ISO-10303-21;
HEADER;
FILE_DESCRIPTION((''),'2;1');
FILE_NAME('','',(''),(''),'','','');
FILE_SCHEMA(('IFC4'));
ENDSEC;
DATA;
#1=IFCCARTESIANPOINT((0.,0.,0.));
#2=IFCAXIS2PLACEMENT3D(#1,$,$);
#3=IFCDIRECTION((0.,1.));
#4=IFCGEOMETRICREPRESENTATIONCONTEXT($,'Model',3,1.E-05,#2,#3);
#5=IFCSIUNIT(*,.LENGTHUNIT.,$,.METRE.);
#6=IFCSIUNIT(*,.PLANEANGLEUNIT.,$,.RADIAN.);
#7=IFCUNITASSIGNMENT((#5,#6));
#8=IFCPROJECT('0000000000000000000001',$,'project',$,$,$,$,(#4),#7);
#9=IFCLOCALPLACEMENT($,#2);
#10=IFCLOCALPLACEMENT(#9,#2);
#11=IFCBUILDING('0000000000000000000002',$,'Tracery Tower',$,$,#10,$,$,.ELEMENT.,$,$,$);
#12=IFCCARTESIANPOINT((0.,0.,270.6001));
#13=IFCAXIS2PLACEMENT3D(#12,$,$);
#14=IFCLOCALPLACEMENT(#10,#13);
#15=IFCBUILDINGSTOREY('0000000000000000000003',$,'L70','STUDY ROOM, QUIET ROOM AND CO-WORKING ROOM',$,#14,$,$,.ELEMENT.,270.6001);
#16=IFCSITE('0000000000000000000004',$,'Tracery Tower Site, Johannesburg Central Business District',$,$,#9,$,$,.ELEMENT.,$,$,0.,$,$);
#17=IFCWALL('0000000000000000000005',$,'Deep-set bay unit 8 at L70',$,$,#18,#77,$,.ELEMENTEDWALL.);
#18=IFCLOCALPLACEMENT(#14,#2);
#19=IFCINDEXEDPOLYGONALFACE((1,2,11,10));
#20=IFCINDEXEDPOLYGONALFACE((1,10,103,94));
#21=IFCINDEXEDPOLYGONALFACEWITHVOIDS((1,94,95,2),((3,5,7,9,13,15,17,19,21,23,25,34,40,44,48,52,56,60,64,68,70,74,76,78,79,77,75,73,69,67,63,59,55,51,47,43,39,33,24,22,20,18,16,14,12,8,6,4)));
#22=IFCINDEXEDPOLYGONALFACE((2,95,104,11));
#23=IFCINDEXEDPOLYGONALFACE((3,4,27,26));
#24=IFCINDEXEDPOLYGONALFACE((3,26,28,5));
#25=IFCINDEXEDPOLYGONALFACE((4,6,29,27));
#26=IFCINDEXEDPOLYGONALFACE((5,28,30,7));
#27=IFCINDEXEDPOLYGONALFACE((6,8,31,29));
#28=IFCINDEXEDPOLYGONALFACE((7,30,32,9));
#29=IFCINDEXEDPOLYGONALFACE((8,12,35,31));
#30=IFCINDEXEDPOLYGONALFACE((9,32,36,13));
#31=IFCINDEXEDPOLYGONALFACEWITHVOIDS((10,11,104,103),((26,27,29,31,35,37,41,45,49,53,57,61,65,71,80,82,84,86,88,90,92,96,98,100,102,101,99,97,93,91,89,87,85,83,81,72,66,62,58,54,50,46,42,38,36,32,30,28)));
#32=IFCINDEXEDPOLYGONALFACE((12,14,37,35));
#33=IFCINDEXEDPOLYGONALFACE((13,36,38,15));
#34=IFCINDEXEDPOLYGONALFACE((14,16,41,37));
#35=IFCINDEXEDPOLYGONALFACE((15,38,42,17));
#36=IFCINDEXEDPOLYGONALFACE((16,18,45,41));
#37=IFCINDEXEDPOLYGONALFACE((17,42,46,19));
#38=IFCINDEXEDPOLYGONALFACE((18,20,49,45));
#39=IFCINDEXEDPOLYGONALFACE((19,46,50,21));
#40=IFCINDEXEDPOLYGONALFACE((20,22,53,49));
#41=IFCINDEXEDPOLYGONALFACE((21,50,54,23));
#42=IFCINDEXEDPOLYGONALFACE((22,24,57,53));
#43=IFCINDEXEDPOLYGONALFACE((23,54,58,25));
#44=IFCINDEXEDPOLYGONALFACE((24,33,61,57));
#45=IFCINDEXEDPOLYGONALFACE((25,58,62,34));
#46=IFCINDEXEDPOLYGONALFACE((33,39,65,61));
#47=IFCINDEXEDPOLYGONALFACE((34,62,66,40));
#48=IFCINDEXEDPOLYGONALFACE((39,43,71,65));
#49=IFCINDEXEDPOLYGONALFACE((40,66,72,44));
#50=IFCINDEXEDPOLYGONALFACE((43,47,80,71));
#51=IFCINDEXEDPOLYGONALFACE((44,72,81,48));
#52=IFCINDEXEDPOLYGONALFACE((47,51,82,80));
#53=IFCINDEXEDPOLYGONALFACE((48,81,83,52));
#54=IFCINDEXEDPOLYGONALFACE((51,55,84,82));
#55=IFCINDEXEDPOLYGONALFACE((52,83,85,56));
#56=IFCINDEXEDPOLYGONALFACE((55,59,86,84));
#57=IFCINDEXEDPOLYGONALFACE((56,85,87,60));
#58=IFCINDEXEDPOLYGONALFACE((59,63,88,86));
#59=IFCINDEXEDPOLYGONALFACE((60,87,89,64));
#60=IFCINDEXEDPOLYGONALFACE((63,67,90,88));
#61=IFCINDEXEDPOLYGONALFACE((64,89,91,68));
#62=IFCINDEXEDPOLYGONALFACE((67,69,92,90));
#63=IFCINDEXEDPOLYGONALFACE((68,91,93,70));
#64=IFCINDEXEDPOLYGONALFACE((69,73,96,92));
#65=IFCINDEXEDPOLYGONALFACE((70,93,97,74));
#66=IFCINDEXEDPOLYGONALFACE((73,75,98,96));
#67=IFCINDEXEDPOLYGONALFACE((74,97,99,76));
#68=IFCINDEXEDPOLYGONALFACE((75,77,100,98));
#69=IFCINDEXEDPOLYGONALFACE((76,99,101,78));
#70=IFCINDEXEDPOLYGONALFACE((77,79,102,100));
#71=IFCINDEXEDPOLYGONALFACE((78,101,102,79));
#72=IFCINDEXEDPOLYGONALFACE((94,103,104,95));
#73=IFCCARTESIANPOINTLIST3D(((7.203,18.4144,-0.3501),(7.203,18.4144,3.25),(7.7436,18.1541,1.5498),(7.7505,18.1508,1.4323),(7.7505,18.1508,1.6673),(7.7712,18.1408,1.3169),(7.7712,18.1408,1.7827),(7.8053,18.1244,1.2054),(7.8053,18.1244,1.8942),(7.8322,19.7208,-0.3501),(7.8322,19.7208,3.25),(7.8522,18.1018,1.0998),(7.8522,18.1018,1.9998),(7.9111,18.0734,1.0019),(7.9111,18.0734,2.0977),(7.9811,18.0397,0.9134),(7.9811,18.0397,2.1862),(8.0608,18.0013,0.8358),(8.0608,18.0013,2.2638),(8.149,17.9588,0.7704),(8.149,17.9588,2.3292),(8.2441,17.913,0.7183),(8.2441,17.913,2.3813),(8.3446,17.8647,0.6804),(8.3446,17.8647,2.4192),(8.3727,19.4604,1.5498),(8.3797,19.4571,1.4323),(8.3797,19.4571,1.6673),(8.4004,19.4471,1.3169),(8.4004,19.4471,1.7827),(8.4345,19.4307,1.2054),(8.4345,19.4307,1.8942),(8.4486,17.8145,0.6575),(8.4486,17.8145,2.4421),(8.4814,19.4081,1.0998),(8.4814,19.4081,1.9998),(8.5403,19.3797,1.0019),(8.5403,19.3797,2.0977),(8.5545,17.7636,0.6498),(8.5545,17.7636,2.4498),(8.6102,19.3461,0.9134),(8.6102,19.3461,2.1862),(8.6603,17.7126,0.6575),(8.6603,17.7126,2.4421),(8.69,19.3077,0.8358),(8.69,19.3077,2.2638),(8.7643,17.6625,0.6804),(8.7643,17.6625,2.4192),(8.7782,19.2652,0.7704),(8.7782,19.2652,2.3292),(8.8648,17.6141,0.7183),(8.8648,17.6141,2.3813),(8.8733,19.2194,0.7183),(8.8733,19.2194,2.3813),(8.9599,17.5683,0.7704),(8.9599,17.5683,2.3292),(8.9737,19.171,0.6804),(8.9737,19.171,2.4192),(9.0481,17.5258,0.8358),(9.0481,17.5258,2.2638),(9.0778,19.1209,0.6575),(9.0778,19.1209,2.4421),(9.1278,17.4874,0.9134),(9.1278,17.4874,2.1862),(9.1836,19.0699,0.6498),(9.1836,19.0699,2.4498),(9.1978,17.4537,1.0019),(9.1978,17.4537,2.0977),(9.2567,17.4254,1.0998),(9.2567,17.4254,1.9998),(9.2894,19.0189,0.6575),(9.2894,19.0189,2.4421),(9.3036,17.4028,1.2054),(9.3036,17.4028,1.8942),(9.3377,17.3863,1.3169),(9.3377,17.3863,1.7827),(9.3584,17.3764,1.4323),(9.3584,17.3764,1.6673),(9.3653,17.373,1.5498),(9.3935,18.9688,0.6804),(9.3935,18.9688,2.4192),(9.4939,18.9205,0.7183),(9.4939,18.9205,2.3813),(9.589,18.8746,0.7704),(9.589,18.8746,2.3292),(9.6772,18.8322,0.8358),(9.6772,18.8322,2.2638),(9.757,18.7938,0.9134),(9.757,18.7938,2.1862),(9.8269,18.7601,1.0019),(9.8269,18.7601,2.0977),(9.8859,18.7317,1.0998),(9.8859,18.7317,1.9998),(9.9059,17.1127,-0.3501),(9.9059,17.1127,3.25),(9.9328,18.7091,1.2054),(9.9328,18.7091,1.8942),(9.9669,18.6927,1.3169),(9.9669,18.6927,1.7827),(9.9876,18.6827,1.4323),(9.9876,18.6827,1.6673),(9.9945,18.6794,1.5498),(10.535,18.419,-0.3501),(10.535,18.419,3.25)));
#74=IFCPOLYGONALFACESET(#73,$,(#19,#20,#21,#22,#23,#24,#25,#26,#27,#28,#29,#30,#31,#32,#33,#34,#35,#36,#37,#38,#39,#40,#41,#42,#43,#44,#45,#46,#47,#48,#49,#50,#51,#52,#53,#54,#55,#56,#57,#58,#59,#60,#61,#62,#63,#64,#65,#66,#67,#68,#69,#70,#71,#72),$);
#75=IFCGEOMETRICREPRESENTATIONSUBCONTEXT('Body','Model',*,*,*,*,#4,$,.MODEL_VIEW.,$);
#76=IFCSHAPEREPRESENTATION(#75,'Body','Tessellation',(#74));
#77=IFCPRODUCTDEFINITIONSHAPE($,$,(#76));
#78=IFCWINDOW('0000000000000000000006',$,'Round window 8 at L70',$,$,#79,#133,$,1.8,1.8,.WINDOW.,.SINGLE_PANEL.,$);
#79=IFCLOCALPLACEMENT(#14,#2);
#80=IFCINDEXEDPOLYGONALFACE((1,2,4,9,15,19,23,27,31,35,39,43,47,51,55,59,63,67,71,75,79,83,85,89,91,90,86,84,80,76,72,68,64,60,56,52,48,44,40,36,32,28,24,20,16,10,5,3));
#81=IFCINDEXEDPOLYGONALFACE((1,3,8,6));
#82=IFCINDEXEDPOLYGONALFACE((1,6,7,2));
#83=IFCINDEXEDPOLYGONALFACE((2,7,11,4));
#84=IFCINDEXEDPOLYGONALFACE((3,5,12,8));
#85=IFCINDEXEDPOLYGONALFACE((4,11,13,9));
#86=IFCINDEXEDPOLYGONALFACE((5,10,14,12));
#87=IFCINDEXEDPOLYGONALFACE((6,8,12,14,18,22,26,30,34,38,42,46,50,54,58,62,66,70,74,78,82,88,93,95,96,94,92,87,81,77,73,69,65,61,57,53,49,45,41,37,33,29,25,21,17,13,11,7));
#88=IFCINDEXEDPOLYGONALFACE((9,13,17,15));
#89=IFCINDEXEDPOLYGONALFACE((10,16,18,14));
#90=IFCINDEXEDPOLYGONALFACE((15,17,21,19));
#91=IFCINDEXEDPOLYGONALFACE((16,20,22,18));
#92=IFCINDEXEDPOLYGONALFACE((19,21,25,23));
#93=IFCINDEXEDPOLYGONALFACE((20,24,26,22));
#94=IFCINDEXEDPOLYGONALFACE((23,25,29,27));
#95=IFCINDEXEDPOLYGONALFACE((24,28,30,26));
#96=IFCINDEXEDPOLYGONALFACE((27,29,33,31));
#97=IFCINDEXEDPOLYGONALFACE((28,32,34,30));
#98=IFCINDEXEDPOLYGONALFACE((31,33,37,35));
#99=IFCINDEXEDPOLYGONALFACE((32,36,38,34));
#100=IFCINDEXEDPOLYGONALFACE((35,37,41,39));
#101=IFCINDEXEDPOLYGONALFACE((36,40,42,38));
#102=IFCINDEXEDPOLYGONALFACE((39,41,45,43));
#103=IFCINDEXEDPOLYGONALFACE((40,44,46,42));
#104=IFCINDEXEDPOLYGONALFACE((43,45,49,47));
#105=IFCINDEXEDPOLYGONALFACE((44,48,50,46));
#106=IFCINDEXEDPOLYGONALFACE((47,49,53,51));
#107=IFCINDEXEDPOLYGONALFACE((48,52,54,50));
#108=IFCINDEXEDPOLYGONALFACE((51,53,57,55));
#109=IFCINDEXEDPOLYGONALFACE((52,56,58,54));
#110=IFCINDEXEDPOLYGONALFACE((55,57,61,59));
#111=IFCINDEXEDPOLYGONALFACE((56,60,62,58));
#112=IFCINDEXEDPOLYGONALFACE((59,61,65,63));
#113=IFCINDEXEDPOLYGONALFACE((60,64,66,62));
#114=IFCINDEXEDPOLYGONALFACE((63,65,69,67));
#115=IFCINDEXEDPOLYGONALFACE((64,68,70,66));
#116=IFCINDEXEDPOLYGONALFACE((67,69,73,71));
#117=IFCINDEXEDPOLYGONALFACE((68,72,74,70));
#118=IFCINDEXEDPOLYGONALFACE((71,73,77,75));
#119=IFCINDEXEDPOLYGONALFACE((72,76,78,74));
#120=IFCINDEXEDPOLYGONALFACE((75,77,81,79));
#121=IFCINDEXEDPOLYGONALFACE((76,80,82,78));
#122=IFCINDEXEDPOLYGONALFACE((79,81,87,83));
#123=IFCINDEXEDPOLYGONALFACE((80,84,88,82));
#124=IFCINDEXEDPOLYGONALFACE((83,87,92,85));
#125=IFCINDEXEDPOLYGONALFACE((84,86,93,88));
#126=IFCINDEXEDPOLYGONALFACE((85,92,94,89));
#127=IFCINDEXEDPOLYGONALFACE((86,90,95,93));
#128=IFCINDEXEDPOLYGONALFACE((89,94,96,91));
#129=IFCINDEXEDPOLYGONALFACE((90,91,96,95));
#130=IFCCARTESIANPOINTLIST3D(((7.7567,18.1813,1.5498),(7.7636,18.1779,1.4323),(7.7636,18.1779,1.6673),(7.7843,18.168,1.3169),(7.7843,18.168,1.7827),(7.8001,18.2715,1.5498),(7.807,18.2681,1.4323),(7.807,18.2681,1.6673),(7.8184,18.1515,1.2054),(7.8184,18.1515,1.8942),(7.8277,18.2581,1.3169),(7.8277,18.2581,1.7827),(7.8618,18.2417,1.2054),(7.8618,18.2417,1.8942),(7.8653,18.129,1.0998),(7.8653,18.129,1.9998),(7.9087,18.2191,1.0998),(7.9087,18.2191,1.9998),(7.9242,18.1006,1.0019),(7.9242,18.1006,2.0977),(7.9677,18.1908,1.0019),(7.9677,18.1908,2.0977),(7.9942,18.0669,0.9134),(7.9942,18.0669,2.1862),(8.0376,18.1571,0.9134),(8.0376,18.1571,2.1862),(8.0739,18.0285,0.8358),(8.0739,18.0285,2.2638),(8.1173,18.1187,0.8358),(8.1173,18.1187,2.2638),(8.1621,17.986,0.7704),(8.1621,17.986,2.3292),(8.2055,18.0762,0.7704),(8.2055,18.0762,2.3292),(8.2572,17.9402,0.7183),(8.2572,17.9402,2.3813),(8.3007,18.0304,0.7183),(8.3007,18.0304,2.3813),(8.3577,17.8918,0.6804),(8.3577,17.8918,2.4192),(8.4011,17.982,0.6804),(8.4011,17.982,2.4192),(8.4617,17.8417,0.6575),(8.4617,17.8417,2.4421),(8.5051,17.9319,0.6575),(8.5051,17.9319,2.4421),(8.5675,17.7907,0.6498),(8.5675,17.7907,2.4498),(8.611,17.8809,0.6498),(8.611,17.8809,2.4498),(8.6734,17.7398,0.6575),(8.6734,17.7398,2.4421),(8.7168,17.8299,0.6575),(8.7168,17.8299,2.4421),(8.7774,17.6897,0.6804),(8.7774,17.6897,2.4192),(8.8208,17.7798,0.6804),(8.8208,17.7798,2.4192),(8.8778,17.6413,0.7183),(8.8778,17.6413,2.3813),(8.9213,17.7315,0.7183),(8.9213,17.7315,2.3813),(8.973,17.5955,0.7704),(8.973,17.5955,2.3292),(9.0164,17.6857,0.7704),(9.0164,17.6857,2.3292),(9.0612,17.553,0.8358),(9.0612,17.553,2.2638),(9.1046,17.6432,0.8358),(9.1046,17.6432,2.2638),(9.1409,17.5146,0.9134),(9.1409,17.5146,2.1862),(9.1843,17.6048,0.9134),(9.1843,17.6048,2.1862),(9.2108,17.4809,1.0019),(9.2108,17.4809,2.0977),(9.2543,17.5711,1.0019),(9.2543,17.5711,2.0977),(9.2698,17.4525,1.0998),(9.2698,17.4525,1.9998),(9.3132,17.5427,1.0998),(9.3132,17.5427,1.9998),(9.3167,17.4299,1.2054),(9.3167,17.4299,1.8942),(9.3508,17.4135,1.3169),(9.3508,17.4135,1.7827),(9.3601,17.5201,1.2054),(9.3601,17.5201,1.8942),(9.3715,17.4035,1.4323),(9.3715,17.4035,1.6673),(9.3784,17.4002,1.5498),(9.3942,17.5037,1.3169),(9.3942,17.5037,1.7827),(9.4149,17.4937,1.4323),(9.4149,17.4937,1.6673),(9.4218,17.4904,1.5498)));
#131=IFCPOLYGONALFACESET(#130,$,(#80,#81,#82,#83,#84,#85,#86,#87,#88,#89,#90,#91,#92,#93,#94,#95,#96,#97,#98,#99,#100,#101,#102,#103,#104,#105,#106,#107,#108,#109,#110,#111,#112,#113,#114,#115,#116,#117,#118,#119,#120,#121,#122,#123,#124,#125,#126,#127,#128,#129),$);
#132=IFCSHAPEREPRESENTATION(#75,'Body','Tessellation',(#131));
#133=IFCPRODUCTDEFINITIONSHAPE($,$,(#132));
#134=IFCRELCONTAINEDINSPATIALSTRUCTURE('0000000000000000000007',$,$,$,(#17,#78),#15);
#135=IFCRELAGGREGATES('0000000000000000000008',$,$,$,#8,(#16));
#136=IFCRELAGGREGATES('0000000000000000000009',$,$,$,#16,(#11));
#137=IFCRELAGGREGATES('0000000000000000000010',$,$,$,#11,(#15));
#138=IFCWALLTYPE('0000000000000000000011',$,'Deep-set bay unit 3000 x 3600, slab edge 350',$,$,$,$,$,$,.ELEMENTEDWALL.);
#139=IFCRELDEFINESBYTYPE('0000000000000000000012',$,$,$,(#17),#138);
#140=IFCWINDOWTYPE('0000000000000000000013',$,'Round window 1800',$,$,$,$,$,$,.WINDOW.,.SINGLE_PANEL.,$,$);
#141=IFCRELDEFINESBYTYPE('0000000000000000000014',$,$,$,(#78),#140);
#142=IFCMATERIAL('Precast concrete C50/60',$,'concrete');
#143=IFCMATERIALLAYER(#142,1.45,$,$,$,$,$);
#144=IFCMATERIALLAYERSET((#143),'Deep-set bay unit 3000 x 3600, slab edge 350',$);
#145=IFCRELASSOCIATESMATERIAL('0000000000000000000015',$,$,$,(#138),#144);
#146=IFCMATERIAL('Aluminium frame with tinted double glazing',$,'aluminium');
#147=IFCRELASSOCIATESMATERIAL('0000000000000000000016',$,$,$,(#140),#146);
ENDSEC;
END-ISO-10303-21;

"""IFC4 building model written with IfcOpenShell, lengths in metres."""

from ifc_helpers import new_model, si_unit, direction, frame, frame_2d, origin, origin_2d, place, context, subcontext, project, spatial, rectangle, circle, extrude, material, layer, layer_set, type_object, element, fill, save


model = new_model("IFC4")

# Units and contexts
model_context = context("Model", 3, precision=1e-05, world=origin(), true_north=direction((0.0, 1.0)))
body_context = subcontext(model_context, "Body", "Model", "MODEL_VIEW")
ifc_project = project(units=[si_unit("LENGTHUNIT", "METRE"), si_unit("PLANEANGLEUNIT", "RADIAN")], contexts=[model_context])

# Site, building, storey
site_placement = place(None, origin())
site = spatial("IfcSite", under=ifc_project, at=site_placement, Name="Tracery Tower Site, Johannesburg Central Business District", CompositionType="ELEMENT", RefElevation=0.0)
building_placement = place(site_placement, origin())
building = spatial("IfcBuilding", under=site, at=building_placement, Name="Tracery Tower", CompositionType="ELEMENT")
storey_placement = place(building_placement, frame((0.0, 0.0, 270.6001)))
storey = spatial("IfcBuildingStorey", under=building, at=storey_placement, Name="L70", Description="STUDY ROOM, QUIET ROOM AND CO-WORKING ROOM", CompositionType="ELEMENT", Elevation=270.6001)

# Wall, opening, window
ifc_material_1 = material(Name="Precast concrete C50/60", Category="concrete")
ifc_layer_1 = layer(ifc_material_1, 1.45)
ifc_layer_set_1 = layer_set([ifc_layer_1], Name="Deep-set bay unit 3000 x 3600, slab edge 350")
wall_type_1 = type_object("IfcWallType", Name="Deep-set bay unit 3000 x 3600, slab edge 350", PredefinedType="ELEMENTEDWALL", material=ifc_layer_set_1)
ifc_material_2 = material(Name="Aluminium frame with tinted double glazing", Category="aluminium")
window_type = type_object("IfcWindowType", Name="Round window 1800", PartitioningType="SINGLE_PANEL", PredefinedType="WINDOW", material=ifc_material_2)
wall_1_placement = place(storey_placement, frame((10.2205, 17.7659, -0.3501), z_axis=(0.0, 0.0, 1.0), x_axis=(-0.900953, 0.433916, 0.0)))
wall_1 = element("IfcWall", 1, at=wall_1_placement, inside=storey, type_object=wall_type_1, Name="Deep-set bay unit 8 at L70", PredefinedType="ELEMENTEDWALL", context=body_context, shape_type="SweptSolid", body=[
    extrude(rectangle(XDim=3.0, YDim=1.45, at=frame_2d((1.5, 0.0))), origin(), (0.0, 0.0, 1.0), 3.6001),
])
opening_1_placement = place(wall_1_placement, frame((1.5, 0.0, 1.8999)))
opening_1 = element("IfcOpeningElement", 2, at=opening_1_placement, cuts=wall_1, PredefinedType="OPENING", context=body_context, shape_type="SweptSolid", body=[
    extrude(circle(Radius=0.9, at=origin_2d()), frame((0.0, 0.7349, 0.0), z_axis=(0.0, -1.0, 0.0), x_axis=(1.0, 0.0, 0.0)), (0.0, 0.0, 1.0), 1.47),
])
window_1_placement = place(opening_1_placement, origin())
window_1 = element("IfcWindow", 3, at=window_1_placement, inside=storey, type_object=window_type, Name="Round window 8 at L70", OverallHeight=1.8, OverallWidth=1.8, PartitioningType="SINGLE_PANEL", PredefinedType="WINDOW", context=body_context, shape_type="SweptSolid", body=[
    extrude(circle(Radius=0.9, at=origin_2d()), frame((0.0, 0.6948, 0.0), z_axis=(0.0, -1.0, 0.0), x_axis=(1.0, 0.0, 0.0)), (0.0, 0.0, 1.0), 0.1001),
])
fill(opening_1, window_1)

save(model, "model.ifc")
